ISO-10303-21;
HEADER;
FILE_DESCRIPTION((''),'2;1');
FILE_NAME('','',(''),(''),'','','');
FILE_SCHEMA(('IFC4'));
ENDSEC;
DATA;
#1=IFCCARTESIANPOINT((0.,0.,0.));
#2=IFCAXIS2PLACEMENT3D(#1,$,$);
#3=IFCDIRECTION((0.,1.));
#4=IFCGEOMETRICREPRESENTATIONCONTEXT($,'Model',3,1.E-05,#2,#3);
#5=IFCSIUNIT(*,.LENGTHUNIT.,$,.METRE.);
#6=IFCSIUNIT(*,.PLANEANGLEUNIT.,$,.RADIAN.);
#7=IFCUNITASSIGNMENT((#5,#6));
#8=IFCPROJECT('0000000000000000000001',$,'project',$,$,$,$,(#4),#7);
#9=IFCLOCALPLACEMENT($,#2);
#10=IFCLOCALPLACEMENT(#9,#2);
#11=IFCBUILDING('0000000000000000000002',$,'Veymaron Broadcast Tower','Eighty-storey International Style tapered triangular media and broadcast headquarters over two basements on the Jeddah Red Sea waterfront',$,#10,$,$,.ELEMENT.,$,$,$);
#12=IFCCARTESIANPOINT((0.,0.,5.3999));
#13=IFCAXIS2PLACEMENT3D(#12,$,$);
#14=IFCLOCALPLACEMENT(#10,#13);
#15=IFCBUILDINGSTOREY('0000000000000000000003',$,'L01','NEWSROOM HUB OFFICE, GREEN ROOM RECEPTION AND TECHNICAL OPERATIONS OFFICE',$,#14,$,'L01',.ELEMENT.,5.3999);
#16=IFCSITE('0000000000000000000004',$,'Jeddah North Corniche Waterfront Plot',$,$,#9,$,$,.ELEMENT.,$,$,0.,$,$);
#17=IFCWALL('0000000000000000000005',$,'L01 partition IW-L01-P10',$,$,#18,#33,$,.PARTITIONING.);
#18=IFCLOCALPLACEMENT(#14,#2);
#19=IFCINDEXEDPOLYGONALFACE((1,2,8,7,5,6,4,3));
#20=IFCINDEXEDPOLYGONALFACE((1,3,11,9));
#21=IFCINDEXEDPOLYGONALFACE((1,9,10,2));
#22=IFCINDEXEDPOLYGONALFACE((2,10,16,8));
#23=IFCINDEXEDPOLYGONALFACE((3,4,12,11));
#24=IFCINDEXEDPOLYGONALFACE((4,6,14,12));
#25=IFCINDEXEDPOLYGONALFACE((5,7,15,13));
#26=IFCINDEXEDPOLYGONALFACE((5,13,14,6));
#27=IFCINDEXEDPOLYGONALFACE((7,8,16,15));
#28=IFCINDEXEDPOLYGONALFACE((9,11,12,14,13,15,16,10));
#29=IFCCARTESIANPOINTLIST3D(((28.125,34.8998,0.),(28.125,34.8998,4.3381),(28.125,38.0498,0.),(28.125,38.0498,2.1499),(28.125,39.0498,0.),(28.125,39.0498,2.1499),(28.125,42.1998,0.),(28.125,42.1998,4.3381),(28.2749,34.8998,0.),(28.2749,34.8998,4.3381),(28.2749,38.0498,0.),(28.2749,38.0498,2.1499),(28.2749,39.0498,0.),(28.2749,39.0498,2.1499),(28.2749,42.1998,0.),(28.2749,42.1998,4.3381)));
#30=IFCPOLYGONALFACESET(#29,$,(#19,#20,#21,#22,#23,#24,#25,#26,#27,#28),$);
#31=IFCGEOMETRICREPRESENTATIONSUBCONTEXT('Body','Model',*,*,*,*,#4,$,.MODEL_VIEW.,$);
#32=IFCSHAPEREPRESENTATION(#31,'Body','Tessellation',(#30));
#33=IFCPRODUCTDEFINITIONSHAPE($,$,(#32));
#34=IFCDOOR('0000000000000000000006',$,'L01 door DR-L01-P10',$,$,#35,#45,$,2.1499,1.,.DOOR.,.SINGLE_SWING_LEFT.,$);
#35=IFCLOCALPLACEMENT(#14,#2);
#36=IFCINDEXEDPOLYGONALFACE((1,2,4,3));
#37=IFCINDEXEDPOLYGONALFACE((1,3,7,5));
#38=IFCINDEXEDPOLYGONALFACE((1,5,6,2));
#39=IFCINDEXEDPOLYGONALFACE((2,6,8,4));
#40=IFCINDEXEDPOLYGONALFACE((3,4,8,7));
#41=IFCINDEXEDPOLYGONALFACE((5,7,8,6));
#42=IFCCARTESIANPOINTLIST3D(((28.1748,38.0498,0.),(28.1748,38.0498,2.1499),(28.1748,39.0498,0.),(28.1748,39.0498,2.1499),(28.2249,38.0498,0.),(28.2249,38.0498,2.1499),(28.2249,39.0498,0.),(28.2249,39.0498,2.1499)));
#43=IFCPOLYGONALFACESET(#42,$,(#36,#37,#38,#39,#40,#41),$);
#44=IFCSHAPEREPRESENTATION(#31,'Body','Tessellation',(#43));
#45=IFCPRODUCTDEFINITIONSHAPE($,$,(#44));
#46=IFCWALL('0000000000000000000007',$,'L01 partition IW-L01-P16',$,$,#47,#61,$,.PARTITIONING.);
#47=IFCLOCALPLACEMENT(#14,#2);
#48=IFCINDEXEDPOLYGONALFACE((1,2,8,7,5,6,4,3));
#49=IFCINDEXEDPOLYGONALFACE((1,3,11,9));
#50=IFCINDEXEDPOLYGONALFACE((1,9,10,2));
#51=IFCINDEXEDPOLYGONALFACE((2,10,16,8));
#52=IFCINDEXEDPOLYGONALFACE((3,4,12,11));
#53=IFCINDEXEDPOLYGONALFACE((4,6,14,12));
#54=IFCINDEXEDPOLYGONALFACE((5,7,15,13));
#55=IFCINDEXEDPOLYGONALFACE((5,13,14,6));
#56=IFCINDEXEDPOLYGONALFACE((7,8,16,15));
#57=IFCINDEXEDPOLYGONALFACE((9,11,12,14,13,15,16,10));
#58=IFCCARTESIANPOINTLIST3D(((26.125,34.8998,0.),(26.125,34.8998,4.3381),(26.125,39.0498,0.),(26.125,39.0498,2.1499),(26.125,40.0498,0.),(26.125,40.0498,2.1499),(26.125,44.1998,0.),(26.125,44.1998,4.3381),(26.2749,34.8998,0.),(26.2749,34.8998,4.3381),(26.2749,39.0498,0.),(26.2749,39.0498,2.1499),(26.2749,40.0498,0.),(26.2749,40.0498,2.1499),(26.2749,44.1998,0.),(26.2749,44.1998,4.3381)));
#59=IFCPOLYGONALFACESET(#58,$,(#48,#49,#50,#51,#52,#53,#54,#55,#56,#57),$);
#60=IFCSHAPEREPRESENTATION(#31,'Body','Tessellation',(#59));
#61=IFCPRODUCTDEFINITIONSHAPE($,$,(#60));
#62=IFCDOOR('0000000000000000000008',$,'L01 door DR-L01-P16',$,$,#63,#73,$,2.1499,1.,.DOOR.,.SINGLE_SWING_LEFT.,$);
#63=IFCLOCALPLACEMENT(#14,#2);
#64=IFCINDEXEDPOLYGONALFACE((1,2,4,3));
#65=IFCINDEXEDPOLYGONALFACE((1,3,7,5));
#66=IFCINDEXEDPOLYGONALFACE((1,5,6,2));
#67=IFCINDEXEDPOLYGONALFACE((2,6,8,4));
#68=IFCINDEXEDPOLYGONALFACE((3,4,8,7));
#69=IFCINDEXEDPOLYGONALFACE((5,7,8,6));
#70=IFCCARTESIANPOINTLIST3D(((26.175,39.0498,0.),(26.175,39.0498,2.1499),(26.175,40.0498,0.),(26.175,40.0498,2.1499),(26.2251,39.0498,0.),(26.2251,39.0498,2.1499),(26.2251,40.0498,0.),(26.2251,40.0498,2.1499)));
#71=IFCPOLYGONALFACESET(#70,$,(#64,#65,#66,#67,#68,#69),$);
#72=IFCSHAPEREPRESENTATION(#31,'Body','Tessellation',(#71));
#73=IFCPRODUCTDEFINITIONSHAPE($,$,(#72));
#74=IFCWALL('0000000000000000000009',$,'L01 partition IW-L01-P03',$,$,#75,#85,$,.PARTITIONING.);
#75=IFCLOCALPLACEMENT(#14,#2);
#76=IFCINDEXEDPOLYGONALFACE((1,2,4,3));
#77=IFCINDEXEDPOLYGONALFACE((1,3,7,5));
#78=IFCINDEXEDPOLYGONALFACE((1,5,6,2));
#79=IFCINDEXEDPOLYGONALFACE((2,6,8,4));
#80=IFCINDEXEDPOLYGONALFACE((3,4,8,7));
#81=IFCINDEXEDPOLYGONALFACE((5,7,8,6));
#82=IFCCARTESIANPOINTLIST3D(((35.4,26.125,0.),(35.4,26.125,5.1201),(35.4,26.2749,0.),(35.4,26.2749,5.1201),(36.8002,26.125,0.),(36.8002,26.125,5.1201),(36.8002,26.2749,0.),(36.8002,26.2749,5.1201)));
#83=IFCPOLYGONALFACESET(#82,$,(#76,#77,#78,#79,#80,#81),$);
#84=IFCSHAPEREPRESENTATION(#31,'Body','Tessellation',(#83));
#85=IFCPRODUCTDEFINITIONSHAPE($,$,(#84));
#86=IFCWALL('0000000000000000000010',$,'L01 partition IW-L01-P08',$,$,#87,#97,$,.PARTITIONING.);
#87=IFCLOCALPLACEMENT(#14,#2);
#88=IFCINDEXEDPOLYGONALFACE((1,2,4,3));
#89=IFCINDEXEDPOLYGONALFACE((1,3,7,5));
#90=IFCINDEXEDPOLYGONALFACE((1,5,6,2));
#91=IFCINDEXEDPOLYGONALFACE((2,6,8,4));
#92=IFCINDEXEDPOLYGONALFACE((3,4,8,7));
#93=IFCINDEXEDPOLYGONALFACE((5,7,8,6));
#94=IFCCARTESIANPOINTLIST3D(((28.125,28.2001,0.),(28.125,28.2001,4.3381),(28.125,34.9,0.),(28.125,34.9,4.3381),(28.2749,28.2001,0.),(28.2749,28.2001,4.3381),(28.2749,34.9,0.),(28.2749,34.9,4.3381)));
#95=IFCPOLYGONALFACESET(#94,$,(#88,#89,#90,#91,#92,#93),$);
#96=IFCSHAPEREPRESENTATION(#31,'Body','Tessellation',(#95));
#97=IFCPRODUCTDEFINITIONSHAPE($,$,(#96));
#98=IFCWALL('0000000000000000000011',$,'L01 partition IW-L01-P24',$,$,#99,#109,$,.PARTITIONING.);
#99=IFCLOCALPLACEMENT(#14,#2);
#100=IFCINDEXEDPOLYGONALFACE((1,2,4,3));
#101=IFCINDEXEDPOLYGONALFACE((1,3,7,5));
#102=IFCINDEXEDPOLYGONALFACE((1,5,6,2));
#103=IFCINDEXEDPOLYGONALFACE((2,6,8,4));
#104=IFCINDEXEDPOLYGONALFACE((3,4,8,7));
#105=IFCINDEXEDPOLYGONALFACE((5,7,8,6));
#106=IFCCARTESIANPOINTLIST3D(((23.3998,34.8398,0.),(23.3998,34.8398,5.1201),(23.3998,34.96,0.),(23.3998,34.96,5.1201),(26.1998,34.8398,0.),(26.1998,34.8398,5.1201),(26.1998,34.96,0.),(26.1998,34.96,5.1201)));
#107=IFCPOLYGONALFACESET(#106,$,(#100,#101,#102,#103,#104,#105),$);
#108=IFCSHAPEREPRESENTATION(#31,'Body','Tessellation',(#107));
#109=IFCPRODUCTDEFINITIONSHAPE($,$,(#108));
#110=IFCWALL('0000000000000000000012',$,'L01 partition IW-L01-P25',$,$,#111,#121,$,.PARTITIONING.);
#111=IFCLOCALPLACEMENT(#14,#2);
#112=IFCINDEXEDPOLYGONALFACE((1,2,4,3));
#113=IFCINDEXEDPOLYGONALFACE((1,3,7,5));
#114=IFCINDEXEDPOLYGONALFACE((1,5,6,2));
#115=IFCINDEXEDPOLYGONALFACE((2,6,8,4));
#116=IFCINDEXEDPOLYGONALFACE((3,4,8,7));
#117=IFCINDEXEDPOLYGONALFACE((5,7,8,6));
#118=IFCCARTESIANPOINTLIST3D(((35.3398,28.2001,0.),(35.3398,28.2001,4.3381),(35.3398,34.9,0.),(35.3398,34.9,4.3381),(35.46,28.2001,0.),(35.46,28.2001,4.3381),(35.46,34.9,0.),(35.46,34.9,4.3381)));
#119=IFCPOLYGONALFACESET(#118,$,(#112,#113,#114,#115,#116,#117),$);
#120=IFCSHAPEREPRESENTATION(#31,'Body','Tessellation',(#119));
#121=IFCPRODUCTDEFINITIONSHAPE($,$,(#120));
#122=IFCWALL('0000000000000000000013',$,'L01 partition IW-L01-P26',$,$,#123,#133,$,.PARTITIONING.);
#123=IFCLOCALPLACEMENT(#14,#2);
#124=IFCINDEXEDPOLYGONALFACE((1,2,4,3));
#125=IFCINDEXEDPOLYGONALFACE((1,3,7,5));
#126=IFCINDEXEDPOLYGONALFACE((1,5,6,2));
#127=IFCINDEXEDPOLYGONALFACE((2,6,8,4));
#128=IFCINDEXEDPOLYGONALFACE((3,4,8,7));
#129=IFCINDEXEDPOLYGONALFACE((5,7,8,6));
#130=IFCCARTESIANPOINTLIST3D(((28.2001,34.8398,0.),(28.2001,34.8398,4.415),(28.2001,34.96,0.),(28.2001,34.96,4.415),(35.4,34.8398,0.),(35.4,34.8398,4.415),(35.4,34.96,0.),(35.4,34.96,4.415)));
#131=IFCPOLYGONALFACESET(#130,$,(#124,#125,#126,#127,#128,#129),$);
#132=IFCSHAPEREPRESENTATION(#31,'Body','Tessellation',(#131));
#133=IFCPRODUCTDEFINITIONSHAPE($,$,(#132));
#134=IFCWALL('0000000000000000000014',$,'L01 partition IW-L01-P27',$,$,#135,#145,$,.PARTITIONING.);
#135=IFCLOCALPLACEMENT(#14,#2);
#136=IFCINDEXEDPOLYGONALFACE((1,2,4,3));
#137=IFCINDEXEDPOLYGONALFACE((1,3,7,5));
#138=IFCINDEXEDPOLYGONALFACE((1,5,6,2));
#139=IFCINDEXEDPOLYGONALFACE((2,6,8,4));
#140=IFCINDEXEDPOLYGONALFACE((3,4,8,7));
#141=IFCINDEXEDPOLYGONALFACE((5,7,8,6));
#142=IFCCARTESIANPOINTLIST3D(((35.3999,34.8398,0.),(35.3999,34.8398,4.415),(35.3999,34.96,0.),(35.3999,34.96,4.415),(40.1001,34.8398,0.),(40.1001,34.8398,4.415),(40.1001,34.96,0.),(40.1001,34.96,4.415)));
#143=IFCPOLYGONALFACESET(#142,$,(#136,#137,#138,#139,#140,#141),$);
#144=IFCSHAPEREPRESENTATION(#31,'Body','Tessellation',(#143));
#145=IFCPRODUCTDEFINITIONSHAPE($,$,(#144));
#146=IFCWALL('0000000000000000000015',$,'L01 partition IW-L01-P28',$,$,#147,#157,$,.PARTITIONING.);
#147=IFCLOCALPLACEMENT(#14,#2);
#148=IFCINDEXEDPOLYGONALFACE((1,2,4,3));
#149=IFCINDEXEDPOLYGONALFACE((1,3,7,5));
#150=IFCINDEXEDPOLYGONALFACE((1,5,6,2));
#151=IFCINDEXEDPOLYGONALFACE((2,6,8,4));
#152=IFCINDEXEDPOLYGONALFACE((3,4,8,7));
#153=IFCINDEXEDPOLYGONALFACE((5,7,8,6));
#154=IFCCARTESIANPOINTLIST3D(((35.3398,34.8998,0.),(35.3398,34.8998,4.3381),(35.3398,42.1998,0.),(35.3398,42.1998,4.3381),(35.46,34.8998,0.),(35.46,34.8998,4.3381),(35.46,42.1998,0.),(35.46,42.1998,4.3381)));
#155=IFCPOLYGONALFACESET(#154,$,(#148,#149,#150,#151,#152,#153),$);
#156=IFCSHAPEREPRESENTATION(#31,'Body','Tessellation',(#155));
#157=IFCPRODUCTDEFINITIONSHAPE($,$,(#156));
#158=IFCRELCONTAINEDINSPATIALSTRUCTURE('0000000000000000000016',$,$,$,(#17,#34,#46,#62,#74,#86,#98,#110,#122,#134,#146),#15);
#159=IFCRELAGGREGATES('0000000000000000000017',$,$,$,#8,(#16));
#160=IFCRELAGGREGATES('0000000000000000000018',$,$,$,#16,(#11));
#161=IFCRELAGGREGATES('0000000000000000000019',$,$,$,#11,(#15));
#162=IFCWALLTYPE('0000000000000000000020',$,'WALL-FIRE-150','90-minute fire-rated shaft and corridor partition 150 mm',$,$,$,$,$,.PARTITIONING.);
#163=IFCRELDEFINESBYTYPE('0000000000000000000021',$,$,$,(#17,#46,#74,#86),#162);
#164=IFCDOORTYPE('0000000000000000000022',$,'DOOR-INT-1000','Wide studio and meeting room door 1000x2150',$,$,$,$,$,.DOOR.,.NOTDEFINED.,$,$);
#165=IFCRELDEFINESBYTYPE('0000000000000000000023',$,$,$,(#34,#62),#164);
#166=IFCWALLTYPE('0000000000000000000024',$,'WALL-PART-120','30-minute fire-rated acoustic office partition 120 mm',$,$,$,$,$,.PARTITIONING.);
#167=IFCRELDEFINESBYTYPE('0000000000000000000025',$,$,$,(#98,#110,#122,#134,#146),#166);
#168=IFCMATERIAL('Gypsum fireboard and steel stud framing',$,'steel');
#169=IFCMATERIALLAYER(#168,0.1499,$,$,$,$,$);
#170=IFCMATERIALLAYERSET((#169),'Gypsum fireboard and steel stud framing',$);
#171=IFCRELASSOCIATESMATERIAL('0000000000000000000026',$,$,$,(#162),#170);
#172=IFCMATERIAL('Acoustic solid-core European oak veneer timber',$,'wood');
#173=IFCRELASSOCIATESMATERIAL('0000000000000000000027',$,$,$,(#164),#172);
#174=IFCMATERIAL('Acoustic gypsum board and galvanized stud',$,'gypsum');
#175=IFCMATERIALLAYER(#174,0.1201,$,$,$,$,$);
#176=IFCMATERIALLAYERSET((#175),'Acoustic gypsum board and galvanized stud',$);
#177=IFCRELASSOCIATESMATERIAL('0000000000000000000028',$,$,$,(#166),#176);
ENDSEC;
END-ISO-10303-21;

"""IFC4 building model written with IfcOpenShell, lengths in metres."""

from ifc_helpers import new_model, si_unit, direction, frame, frame_2d, origin, place, context, subcontext, project, spatial, rectangle, extrude, material, layer, layer_set, type_object, element, fill, save


model = new_model("IFC4")

# Units and contexts
model_context = context("Model", 3, precision=1e-05, world=origin(), true_north=direction((0.0, 1.0)))
body_context = subcontext(model_context, "Body", "Model", "MODEL_VIEW")
ifc_project = project(units=[si_unit("LENGTHUNIT", "METRE"), si_unit("PLANEANGLEUNIT", "RADIAN")], contexts=[model_context])

# Site, building, storey
site_placement = place(None, origin())
site = spatial("IfcSite", under=ifc_project, at=site_placement, Name="Jeddah North Corniche Waterfront Plot", CompositionType="ELEMENT", RefElevation=0.0)
building_placement = place(site_placement, origin())
building = spatial("IfcBuilding", under=site, at=building_placement, Name="Veymaron Broadcast Tower", Description="Eighty-storey International Style tapered triangular media and broadcast headquarters over two basements on the Jeddah Red Sea waterfront", CompositionType="ELEMENT")
storey_placement = place(building_placement, frame((0.0, 0.0, 5.3999)))
storey = spatial("IfcBuildingStorey", under=building, at=storey_placement, Name="L01", Description="NEWSROOM HUB OFFICE, GREEN ROOM RECEPTION AND TECHNICAL OPERATIONS OFFICE", LongName="L01", CompositionType="ELEMENT", Elevation=5.3999)

# Walls, openings, doors
ifc_material_1 = material(Name="Gypsum fireboard and steel stud framing", Category="steel")
ifc_layer_1 = layer(ifc_material_1, 0.1499)
ifc_layer_set_1 = layer_set([ifc_layer_1], Name="Gypsum fireboard and steel stud framing")
wall_type_1 = type_object("IfcWallType", Name="WALL-FIRE-150", Description="90-minute fire-rated shaft and corridor partition 150 mm", PredefinedType="PARTITIONING", material=ifc_layer_set_1)
ifc_material_2 = material(Name="Acoustic solid-core European oak veneer timber", Category="wood")
door_type = type_object("IfcDoorType", Name="DOOR-INT-1000", Description="Wide studio and meeting room door 1000x2150", OperationType="NOTDEFINED", PredefinedType="DOOR", material=ifc_material_2)
wall_1_placement = place(storey_placement, frame((28.2, 34.8999, 0.0), z_axis=(0.0, 0.0, 1.0), x_axis=(0.0, 1.0, 0.0)))
wall_1 = element("IfcWall", 1, at=wall_1_placement, inside=storey, type_object=wall_type_1, Name="L01 partition IW-L01-P10", PredefinedType="PARTITIONING", context=body_context, shape_type="SweptSolid", body=[
    extrude(rectangle(XDim=7.3, YDim=0.1499, at=frame_2d((3.6499, 0.0))), origin(), (0.0, 0.0, 1.0), 4.3381),
])
opening_1_placement = place(wall_1_placement, frame((3.1499, 0.0, 0.0)))
opening_1 = element("IfcOpeningElement", 2, at=opening_1_placement, cuts=wall_1, PredefinedType="OPENING", context=body_context, shape_type="SweptSolid", body=[
    extrude(rectangle(XDim=1.0, YDim=2.1499, at=frame_2d((0.5, 1.075))), frame((0.0, 0.085, 0.0), z_axis=(0.0, -1.0, 0.0), x_axis=(1.0, 0.0, 0.0)), (0.0, 0.0, 1.0), 0.1699),
])
door_1_placement = place(opening_1_placement, frame((1.0, 0.0, 0.0), z_axis=(0.0, 0.0, 1.0), x_axis=(-1.0, 0.0, 0.0)))
door_1 = element("IfcDoor", 3, at=door_1_placement, inside=storey, type_object=door_type, Name="L01 door DR-L01-P10", OperationType="SINGLE_SWING_LEFT", OverallHeight=2.1499, OverallWidth=1.0, PredefinedType="DOOR", context=body_context, shape_type="SweptSolid", body=[
    extrude(rectangle(XDim=1.0, YDim=2.1499, at=frame_2d((0.5, 1.075))), frame((0.0, 0.0249, 0.0), z_axis=(0.0, -1.0, 0.0), x_axis=(1.0, 0.0, 0.0)), (0.0, 0.0, 1.0), 0.05),
])
fill(opening_1, door_1)
wall_2_placement = place(storey_placement, frame((26.2, 34.8999, 0.0), z_axis=(0.0, 0.0, 1.0), x_axis=(0.0, 1.0, 0.0)))
wall_2 = element("IfcWall", 4, at=wall_2_placement, inside=storey, type_object=wall_type_1, Name="L01 partition IW-L01-P16", PredefinedType="PARTITIONING", context=body_context, shape_type="SweptSolid", body=[
    extrude(rectangle(XDim=9.3, YDim=0.1499, at=frame_2d((4.6499, 0.0))), origin(), (0.0, 0.0, 1.0), 4.3381),
])
opening_2_placement = place(wall_2_placement, frame((4.1499, 0.0, 0.0)))
opening_2 = element("IfcOpeningElement", 5, at=opening_2_placement, cuts=wall_2, PredefinedType="OPENING", context=body_context, shape_type="SweptSolid", body=[
    extrude(rectangle(XDim=1.0, YDim=2.1499, at=frame_2d((0.5, 1.075))), frame((0.0, 0.085, 0.0), z_axis=(0.0, -1.0, 0.0), x_axis=(1.0, 0.0, 0.0)), (0.0, 0.0, 1.0), 0.1699),
])
door_2_placement = place(opening_2_placement, origin())
door_2 = element("IfcDoor", 6, at=door_2_placement, inside=storey, type_object=door_type, Name="L01 door DR-L01-P16", OperationType="SINGLE_SWING_LEFT", OverallHeight=2.1499, OverallWidth=1.0, PredefinedType="DOOR", context=body_context, shape_type="SweptSolid", body=[
    extrude(rectangle(XDim=1.0, YDim=2.1499, at=frame_2d((0.5, 1.075))), frame((0.0, 0.0249, 0.0), z_axis=(0.0, -1.0, 0.0), x_axis=(1.0, 0.0, 0.0)), (0.0, 0.0, 1.0), 0.05),
])
fill(opening_2, door_2)

# Walls
wall_3_placement = place(storey_placement, frame((35.3999, 26.2, 0.0), z_axis=(0.0, 0.0, 1.0), x_axis=(1.0, 0.0, 0.0)))
element("IfcWall", 7, at=wall_3_placement, inside=storey, type_object=wall_type_1, Name="L01 partition IW-L01-P03", PredefinedType="PARTITIONING", context=body_context, shape_type="SweptSolid", body=[
    extrude(rectangle(XDim=1.4001, YDim=0.1499, at=frame_2d((0.7002, 0.0))), origin(), (0.0, 0.0, 1.0), 5.1201),
])
wall_4_placement = place(storey_placement, frame((28.2, 28.2, 0.0), z_axis=(0.0, 0.0, 1.0), x_axis=(0.0, 1.0, 0.0)))
element("IfcWall", 8, at=wall_4_placement, inside=storey, type_object=wall_type_1, Name="L01 partition IW-L01-P08", PredefinedType="PARTITIONING", context=body_context, shape_type="SweptSolid", body=[
    extrude(rectangle(XDim=6.7, YDim=0.1499, at=frame_2d((3.3501, 0.0))), origin(), (0.0, 0.0, 1.0), 4.3381),
])
ifc_material_3 = material(Name="Acoustic gypsum board and galvanized stud", Category="gypsum")
ifc_layer_2 = layer(ifc_material_3, 0.1201)
ifc_layer_set_2 = layer_set([ifc_layer_2], Name="Acoustic gypsum board and galvanized stud")
wall_type_2 = type_object("IfcWallType", Name="WALL-PART-120", Description="30-minute fire-rated acoustic office partition 120 mm", PredefinedType="PARTITIONING", material=ifc_layer_set_2)
wall_5_placement = place(storey_placement, frame((23.3999, 34.8999, 0.0), z_axis=(0.0, 0.0, 1.0), x_axis=(1.0, 0.0, 0.0)))
element("IfcWall", 9, at=wall_5_placement, inside=storey, type_object=wall_type_2, Name="L01 partition IW-L01-P24", PredefinedType="PARTITIONING", context=body_context, shape_type="SweptSolid", body=[
    extrude(rectangle(XDim=2.8, YDim=0.1201, at=frame_2d((1.3999, 0.0))), origin(), (0.0, 0.0, 1.0), 5.1201),
])
wall_6_placement = place(storey_placement, frame((35.3999, 28.2, 0.0), z_axis=(0.0, 0.0, 1.0), x_axis=(0.0, 1.0, 0.0)))
element("IfcWall", 10, at=wall_6_placement, inside=storey, type_object=wall_type_2, Name="L01 partition IW-L01-P25", PredefinedType="PARTITIONING", context=body_context, shape_type="SweptSolid", body=[
    extrude(rectangle(XDim=6.7, YDim=0.1201, at=frame_2d((3.3501, 0.0))), origin(), (0.0, 0.0, 1.0), 4.3381),
])
wall_7_placement = place(storey_placement, frame((28.2, 34.8999, 0.0), z_axis=(0.0, 0.0, 1.0), x_axis=(1.0, 0.0, 0.0)))
element("IfcWall", 11, at=wall_7_placement, inside=storey, type_object=wall_type_2, Name="L01 partition IW-L01-P26", PredefinedType="PARTITIONING", context=body_context, shape_type="SweptSolid", body=[
    extrude(rectangle(XDim=7.2, YDim=0.1201, at=frame_2d((3.6001, 0.0))), origin(), (0.0, 0.0, 1.0), 4.415),
])
wall_8_placement = place(storey_placement, frame((35.3999, 34.8999, 0.0), z_axis=(0.0, 0.0, 1.0), x_axis=(1.0, 0.0, 0.0)))
element("IfcWall", 12, at=wall_8_placement, inside=storey, type_object=wall_type_2, Name="L01 partition IW-L01-P27", PredefinedType="PARTITIONING", context=body_context, shape_type="SweptSolid", body=[
    extrude(rectangle(XDim=4.7002, YDim=0.1201, at=frame_2d((2.3501, 0.0))), origin(), (0.0, 0.0, 1.0), 4.415),
])
wall_9_placement = place(storey_placement, frame((35.3999, 34.8999, 0.0), z_axis=(0.0, 0.0, 1.0), x_axis=(0.0, 1.0, 0.0)))
element("IfcWall", 13, at=wall_9_placement, inside=storey, type_object=wall_type_2, Name="L01 partition IW-L01-P28", PredefinedType="PARTITIONING", context=body_context, shape_type="SweptSolid", body=[
    extrude(rectangle(XDim=7.3, YDim=0.1201, at=frame_2d((3.6499, 0.0))), origin(), (0.0, 0.0, 1.0), 4.3381),
])

save(model, "model.ifc")
